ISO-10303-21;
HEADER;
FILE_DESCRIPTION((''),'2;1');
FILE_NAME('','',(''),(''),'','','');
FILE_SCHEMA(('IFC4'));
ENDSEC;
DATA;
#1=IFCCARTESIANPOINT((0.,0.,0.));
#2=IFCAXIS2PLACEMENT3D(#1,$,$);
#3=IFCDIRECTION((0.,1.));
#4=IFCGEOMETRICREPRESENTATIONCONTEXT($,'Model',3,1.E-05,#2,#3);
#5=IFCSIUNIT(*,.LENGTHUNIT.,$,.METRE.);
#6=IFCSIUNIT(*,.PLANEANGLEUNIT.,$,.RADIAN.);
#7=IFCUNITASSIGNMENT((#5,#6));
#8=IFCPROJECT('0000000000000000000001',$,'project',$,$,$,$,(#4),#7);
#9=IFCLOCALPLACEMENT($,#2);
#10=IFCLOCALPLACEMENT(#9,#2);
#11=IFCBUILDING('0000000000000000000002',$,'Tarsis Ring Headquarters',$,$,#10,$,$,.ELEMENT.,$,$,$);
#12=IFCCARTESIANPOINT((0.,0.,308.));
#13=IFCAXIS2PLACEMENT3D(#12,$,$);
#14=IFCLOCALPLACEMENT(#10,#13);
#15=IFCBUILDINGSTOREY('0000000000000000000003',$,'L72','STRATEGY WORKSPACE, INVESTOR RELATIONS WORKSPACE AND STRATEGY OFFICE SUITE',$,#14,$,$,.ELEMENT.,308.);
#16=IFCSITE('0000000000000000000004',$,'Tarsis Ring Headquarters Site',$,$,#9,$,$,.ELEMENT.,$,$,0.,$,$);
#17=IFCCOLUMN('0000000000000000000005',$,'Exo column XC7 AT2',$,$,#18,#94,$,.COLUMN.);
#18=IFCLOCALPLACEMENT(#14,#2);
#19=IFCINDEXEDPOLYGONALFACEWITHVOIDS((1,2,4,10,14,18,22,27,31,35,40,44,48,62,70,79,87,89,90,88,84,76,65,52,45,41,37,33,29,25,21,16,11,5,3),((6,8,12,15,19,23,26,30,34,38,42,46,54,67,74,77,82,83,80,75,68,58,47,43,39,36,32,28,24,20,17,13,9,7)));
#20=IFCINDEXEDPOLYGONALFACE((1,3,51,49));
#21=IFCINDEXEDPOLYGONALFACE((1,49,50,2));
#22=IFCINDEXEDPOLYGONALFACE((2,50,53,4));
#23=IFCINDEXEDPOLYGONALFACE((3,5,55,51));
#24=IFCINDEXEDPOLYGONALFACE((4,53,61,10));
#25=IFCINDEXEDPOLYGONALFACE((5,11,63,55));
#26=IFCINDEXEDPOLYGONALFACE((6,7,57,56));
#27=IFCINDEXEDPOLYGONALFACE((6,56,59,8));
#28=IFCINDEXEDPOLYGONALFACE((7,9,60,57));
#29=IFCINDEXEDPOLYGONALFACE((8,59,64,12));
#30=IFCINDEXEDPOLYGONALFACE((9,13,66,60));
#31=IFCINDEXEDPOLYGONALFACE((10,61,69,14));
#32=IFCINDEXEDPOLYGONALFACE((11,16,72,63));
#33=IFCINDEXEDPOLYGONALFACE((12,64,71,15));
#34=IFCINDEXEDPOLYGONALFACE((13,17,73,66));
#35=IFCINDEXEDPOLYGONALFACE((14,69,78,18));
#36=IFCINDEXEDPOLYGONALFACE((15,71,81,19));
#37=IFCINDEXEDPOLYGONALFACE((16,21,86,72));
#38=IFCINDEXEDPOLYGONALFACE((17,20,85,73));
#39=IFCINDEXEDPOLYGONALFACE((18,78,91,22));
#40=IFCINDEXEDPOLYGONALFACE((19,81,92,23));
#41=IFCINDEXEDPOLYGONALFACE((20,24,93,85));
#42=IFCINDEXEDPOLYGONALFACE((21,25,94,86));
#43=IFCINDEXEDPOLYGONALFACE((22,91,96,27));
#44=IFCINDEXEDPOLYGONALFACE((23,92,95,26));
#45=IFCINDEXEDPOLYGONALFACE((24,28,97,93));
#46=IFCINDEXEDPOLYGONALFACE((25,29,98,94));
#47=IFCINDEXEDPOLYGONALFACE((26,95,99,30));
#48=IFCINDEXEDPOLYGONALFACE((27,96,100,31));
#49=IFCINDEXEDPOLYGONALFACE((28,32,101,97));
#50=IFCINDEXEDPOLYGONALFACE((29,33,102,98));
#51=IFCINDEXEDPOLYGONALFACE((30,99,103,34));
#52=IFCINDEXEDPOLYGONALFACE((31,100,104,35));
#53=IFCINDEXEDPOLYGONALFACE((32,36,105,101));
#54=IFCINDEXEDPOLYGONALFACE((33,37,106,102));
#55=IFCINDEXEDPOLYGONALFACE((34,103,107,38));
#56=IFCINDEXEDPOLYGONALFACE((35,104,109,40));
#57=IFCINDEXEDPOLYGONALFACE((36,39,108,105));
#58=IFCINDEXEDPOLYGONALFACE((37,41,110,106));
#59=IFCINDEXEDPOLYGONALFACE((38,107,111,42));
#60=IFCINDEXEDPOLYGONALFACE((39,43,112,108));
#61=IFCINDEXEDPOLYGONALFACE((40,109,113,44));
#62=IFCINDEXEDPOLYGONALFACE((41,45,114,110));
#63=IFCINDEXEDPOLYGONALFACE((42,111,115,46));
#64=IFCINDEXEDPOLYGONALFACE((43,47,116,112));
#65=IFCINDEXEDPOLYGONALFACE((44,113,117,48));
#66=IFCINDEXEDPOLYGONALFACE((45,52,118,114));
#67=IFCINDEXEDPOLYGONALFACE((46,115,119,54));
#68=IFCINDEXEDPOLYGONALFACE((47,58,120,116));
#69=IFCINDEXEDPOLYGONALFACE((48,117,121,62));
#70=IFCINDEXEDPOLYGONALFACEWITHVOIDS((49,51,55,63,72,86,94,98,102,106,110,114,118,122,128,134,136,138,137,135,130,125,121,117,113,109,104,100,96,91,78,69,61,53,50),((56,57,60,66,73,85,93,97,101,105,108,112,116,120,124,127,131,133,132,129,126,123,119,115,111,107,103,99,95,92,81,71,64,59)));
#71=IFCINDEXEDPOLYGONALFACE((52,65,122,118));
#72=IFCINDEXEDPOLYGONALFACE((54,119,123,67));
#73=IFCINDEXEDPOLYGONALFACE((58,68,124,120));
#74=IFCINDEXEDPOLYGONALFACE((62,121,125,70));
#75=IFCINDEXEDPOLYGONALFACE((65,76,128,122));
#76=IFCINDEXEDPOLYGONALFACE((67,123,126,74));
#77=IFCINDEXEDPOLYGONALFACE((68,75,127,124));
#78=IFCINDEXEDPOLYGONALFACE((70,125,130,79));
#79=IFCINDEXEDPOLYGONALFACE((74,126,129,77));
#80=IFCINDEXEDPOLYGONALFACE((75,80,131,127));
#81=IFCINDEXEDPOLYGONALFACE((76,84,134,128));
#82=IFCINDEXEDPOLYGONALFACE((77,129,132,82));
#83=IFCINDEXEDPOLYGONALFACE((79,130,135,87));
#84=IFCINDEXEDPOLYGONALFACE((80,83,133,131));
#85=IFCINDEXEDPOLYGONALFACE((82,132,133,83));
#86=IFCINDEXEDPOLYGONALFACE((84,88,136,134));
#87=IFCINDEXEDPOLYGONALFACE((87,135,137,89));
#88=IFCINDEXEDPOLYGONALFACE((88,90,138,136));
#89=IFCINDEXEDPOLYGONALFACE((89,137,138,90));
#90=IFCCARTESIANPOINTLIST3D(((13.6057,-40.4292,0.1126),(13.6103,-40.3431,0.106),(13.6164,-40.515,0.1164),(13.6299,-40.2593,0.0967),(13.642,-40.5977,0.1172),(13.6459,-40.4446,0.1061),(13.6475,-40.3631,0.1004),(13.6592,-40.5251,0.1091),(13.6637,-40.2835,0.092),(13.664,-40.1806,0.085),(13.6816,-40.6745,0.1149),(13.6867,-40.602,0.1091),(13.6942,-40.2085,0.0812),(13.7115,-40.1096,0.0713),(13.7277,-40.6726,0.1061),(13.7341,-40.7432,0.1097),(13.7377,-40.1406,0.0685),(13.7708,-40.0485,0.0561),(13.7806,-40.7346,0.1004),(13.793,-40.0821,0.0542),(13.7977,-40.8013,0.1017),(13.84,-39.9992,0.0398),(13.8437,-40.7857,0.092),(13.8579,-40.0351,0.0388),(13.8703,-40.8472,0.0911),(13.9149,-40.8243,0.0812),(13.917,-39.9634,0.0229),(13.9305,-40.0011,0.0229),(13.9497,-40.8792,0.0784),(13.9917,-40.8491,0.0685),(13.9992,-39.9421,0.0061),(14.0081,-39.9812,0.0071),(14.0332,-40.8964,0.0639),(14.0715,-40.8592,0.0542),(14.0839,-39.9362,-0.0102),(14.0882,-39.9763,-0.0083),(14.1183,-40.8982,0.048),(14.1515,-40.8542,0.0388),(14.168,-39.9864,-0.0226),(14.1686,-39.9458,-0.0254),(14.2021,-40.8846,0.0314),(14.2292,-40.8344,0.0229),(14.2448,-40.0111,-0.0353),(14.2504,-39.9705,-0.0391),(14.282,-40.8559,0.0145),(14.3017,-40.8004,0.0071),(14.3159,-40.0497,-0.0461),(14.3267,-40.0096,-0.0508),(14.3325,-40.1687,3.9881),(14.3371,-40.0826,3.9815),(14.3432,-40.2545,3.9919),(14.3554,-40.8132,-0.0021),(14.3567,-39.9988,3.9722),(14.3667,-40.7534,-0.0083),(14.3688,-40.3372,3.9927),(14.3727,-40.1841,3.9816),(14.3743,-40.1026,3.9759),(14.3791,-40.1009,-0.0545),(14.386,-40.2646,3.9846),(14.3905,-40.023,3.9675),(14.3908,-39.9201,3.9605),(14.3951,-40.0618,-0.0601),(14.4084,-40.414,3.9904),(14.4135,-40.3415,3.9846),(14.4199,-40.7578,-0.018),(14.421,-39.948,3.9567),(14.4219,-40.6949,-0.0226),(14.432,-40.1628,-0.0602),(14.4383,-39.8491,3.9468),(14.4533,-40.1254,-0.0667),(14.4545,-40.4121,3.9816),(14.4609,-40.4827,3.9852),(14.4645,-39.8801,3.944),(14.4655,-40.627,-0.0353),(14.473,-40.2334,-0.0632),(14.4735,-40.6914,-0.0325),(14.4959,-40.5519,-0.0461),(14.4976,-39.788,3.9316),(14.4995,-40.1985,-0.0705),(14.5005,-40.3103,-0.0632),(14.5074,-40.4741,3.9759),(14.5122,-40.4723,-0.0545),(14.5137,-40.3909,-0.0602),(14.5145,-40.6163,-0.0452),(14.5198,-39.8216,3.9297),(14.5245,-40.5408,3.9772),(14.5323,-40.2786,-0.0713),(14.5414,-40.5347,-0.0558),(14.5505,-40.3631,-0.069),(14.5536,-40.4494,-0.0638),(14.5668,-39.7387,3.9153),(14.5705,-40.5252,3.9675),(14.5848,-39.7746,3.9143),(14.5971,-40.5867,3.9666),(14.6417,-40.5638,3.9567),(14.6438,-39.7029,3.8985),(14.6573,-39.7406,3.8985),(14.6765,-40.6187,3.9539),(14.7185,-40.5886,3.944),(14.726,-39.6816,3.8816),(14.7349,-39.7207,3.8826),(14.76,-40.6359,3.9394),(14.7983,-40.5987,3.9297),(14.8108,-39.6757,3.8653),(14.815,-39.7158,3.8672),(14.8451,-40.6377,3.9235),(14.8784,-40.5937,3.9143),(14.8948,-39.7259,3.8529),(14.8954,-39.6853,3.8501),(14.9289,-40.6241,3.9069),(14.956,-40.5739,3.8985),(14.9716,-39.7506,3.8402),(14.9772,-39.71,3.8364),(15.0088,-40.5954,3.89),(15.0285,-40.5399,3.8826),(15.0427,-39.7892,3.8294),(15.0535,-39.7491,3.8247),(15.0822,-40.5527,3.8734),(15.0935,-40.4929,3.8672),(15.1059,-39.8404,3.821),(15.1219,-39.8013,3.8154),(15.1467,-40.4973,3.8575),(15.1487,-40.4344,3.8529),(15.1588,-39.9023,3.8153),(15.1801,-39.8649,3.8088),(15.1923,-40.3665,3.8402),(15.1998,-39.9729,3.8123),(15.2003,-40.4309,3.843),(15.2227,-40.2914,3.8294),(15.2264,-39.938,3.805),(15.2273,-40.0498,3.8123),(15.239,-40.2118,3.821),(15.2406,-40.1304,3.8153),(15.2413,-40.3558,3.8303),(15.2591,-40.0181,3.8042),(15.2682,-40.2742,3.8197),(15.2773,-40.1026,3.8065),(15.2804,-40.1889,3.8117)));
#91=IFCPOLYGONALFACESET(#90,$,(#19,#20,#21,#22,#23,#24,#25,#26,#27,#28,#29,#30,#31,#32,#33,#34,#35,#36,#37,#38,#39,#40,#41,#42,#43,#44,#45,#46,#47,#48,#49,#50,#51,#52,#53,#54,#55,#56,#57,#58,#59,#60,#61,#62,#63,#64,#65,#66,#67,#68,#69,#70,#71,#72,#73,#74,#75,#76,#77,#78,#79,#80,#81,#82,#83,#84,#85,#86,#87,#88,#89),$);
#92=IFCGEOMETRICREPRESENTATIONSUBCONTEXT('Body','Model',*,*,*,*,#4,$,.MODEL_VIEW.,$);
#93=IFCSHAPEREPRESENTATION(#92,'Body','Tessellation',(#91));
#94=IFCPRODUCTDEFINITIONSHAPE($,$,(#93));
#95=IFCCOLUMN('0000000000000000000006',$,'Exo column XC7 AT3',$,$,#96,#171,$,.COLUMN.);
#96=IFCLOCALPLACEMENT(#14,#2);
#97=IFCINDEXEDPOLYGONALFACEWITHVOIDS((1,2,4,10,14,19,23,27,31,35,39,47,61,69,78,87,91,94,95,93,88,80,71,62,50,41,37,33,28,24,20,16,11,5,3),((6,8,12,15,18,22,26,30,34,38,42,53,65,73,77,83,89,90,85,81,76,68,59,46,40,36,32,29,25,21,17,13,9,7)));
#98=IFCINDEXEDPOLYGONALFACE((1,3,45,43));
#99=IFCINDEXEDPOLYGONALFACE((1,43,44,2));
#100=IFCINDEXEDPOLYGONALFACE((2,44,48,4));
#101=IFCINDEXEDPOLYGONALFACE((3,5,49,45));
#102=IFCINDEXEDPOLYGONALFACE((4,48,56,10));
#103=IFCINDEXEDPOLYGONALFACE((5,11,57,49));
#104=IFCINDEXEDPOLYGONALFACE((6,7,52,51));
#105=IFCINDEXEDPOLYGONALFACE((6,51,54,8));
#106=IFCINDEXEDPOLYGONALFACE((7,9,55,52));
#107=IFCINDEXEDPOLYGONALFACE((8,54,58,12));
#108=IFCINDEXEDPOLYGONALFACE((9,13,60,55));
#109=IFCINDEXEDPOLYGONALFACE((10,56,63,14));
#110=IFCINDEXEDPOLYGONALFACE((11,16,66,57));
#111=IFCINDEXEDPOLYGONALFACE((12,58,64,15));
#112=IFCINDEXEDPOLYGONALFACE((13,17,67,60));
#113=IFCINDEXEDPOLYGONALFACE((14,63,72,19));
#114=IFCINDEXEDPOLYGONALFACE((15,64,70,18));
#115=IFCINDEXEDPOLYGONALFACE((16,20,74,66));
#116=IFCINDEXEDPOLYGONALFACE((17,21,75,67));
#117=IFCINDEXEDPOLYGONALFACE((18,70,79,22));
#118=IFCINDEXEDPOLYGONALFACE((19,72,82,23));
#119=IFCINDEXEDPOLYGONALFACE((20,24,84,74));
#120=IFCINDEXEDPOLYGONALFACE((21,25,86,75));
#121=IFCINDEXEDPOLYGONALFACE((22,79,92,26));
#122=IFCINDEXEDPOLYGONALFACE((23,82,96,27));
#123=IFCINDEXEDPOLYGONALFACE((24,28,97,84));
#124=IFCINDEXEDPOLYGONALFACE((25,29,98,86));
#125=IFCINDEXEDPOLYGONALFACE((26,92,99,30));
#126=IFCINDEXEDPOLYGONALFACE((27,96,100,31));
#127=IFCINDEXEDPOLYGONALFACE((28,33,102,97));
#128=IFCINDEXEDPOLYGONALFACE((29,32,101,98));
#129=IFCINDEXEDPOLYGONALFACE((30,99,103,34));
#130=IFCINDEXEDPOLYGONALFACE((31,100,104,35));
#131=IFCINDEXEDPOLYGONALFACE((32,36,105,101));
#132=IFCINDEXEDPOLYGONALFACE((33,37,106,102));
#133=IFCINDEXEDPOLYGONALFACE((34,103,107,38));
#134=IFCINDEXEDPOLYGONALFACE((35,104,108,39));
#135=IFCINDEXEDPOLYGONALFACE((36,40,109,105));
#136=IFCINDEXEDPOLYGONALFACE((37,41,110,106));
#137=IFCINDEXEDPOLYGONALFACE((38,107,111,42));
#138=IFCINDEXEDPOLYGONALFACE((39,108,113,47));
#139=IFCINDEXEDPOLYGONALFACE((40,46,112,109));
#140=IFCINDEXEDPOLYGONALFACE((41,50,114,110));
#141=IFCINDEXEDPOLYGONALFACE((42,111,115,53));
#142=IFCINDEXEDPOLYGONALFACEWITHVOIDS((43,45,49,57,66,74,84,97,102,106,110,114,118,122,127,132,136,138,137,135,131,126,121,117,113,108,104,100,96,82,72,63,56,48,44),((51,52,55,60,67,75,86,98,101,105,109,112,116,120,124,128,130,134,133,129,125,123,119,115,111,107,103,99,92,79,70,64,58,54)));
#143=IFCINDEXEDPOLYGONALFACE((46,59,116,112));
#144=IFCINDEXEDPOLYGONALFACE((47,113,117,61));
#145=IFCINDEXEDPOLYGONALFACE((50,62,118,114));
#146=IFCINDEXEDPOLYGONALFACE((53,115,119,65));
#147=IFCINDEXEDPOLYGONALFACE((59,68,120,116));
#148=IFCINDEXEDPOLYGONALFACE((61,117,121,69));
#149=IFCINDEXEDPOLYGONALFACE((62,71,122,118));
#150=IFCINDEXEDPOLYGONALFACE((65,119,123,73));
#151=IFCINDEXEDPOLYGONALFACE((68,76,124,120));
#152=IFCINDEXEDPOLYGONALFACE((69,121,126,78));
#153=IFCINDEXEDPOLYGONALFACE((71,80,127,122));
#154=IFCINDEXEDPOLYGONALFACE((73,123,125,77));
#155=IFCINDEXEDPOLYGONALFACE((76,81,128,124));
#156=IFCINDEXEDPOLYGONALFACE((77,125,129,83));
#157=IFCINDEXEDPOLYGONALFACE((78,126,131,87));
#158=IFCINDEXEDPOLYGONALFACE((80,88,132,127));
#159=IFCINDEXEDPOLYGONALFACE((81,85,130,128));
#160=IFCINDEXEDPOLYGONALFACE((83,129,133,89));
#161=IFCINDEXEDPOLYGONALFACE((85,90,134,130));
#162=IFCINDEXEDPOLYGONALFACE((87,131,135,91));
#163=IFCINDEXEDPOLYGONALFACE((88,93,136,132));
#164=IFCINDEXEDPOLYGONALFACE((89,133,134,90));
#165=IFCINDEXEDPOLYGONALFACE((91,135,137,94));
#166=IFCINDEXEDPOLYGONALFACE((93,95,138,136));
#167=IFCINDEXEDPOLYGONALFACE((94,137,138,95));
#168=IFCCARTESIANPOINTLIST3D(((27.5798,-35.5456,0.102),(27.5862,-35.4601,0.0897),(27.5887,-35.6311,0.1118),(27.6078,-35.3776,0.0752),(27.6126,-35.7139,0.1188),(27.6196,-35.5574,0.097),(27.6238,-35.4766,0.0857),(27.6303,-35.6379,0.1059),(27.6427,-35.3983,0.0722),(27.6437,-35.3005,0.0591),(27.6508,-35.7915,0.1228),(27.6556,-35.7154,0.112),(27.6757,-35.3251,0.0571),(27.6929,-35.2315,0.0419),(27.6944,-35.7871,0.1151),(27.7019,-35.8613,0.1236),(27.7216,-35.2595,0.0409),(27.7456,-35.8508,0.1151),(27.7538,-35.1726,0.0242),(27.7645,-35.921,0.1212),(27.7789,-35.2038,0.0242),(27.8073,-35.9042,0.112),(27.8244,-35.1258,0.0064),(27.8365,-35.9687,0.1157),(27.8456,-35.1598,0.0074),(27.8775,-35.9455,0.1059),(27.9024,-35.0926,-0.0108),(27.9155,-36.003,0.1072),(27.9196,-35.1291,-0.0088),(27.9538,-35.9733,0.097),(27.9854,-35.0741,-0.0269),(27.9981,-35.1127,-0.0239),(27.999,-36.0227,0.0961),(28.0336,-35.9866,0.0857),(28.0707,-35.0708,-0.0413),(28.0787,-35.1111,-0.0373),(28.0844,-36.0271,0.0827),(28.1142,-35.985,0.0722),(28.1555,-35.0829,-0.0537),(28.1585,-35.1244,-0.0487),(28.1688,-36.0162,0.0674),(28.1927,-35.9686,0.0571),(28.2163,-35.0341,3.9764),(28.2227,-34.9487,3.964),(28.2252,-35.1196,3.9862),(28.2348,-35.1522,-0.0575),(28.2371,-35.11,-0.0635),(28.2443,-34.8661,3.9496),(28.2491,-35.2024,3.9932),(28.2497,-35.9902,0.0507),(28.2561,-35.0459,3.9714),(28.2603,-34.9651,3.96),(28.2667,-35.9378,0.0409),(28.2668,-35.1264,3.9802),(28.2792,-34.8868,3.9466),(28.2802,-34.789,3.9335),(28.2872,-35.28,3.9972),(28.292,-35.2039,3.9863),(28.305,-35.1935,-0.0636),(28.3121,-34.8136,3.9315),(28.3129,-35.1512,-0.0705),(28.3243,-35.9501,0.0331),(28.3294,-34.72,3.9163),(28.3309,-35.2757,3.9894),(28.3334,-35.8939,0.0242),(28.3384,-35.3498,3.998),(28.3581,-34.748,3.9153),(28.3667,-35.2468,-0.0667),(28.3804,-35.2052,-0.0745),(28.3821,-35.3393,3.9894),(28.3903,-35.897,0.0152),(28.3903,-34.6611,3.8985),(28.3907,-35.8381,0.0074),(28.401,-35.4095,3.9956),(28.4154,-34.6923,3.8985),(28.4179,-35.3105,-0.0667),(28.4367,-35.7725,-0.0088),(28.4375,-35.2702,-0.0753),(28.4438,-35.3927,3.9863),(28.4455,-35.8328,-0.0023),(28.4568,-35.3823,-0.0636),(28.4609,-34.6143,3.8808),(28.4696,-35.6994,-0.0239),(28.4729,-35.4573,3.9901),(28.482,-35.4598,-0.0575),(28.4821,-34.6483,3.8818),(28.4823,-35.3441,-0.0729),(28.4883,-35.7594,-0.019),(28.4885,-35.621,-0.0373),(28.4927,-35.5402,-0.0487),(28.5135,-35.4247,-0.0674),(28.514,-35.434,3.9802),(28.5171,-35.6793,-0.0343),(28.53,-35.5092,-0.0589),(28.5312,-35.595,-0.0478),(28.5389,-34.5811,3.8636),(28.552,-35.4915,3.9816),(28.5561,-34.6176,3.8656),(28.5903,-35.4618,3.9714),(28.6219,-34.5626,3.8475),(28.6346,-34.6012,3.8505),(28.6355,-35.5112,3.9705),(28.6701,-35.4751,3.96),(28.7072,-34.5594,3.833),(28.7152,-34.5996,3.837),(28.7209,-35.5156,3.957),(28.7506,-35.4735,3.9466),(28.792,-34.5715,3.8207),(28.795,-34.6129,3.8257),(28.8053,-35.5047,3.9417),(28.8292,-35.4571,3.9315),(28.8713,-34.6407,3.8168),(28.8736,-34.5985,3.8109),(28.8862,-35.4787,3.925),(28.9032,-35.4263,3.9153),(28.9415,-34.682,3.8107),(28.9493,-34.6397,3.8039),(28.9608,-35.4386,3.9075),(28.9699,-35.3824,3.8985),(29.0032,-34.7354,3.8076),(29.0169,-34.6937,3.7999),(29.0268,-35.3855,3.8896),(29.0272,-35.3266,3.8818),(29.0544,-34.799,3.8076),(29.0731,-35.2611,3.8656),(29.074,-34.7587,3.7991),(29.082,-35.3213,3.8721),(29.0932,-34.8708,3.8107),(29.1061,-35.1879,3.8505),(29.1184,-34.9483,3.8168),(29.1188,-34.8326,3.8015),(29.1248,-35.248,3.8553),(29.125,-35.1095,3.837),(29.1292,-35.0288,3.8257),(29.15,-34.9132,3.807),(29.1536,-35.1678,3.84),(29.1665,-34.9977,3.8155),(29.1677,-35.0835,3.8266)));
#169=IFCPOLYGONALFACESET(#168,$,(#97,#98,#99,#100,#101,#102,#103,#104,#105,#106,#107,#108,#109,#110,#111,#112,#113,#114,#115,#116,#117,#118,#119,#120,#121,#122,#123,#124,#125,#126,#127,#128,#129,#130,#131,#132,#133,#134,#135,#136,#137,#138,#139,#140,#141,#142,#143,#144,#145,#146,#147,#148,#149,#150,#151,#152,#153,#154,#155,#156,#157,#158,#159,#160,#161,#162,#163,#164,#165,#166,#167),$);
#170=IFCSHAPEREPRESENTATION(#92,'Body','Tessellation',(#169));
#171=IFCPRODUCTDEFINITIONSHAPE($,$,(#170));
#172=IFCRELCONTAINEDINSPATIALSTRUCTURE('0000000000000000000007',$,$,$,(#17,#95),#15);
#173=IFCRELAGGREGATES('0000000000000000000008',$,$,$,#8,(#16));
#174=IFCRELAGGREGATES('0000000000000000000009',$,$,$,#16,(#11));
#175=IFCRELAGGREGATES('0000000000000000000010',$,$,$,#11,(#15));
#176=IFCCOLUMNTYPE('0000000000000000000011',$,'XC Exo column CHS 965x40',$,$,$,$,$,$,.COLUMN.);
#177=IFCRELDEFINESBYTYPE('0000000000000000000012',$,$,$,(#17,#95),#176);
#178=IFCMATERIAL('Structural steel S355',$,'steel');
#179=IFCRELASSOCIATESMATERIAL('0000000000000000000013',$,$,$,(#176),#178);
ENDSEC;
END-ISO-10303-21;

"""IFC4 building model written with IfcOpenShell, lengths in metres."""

from ifc_helpers import new_model, si_unit, direction, frame, origin, origin_2d, place, context, subcontext, project, spatial, hollow_circle, extrude, material, material_profile, profile_set, type_object, element, save


model = new_model("IFC4")

# Units and contexts
model_context = context("Model", 3, precision=1e-05, world=origin(), true_north=direction((0.0, 1.0)))
body_context = subcontext(model_context, "Body", "Model", "MODEL_VIEW")
ifc_project = project(units=[si_unit("LENGTHUNIT", "METRE"), si_unit("PLANEANGLEUNIT", "RADIAN")], contexts=[model_context])

# Site, building, storey
site_placement = place(None, origin())
site = spatial("IfcSite", under=ifc_project, at=site_placement, Name="Tarsis Ring Headquarters Site", CompositionType="ELEMENT", RefElevation=0.0)
building_placement = place(site_placement, origin())
building = spatial("IfcBuilding", under=site, at=building_placement, Name="Tarsis Ring Headquarters", CompositionType="ELEMENT")
storey_placement = place(building_placement, frame((0.0, 0.0, 308.0)))
storey = spatial("IfcBuildingStorey", under=building, at=storey_placement, Name="L72", Description="STRATEGY WORKSPACE, INVESTOR RELATIONS WORKSPACE AND STRATEGY OFFICE SUITE", CompositionType="ELEMENT", Elevation=308.0)

# Columns
ifc_material_1 = material(Name="Structural steel S355", Category="steel")
ifc_material_profile_1 = material_profile(ifc_material_1, hollow_circle(Radius=0.4827, WallThickness=0.04, at=origin_2d()), Name="CHS 965x40")
ifc_profile_set_1 = profile_set([ifc_material_profile_1], Name="Structural steel S355")
column_type = type_object("IfcColumnType", Name="XC Exo column CHS 965x40", PredefinedType="COLUMN", material=ifc_profile_set_1)
column_1_placement = place(storey_placement, frame((14.0798, -40.4177, 0.0229), z_axis=(0.183925, 0.065921, 0.980727), x_axis=(-0.337398, 0.941362, 0.0)))
element("IfcColumn", 1, at=column_1_placement, inside=storey, type_object=column_type, Name="Exo column XC7 AT2", PredefinedType="COLUMN", context=body_context, shape_type="SweptSolid", body=[
    extrude(hollow_circle(Radius=0.4827, WallThickness=0.04, at=origin_2d()), origin(), (0.0, 0.0, 1.0), 3.9517),
])
column_2_placement = place(storey_placement, frame((28.0562, -35.5488, 0.0242), z_axis=(0.160751, 0.129181, 0.978505), x_axis=(-0.626407, 0.779496, 0.0)))
element("IfcColumn", 2, at=column_2_placement, inside=storey, type_object=column_type, Name="Exo column XC7 AT3", PredefinedType="COLUMN", context=body_context, shape_type="SweptSolid", body=[
    extrude(hollow_circle(Radius=0.4827, WallThickness=0.04, at=origin_2d()), origin(), (0.0, 0.0, 1.0), 3.9595),
])

save(model, "model.ifc")
